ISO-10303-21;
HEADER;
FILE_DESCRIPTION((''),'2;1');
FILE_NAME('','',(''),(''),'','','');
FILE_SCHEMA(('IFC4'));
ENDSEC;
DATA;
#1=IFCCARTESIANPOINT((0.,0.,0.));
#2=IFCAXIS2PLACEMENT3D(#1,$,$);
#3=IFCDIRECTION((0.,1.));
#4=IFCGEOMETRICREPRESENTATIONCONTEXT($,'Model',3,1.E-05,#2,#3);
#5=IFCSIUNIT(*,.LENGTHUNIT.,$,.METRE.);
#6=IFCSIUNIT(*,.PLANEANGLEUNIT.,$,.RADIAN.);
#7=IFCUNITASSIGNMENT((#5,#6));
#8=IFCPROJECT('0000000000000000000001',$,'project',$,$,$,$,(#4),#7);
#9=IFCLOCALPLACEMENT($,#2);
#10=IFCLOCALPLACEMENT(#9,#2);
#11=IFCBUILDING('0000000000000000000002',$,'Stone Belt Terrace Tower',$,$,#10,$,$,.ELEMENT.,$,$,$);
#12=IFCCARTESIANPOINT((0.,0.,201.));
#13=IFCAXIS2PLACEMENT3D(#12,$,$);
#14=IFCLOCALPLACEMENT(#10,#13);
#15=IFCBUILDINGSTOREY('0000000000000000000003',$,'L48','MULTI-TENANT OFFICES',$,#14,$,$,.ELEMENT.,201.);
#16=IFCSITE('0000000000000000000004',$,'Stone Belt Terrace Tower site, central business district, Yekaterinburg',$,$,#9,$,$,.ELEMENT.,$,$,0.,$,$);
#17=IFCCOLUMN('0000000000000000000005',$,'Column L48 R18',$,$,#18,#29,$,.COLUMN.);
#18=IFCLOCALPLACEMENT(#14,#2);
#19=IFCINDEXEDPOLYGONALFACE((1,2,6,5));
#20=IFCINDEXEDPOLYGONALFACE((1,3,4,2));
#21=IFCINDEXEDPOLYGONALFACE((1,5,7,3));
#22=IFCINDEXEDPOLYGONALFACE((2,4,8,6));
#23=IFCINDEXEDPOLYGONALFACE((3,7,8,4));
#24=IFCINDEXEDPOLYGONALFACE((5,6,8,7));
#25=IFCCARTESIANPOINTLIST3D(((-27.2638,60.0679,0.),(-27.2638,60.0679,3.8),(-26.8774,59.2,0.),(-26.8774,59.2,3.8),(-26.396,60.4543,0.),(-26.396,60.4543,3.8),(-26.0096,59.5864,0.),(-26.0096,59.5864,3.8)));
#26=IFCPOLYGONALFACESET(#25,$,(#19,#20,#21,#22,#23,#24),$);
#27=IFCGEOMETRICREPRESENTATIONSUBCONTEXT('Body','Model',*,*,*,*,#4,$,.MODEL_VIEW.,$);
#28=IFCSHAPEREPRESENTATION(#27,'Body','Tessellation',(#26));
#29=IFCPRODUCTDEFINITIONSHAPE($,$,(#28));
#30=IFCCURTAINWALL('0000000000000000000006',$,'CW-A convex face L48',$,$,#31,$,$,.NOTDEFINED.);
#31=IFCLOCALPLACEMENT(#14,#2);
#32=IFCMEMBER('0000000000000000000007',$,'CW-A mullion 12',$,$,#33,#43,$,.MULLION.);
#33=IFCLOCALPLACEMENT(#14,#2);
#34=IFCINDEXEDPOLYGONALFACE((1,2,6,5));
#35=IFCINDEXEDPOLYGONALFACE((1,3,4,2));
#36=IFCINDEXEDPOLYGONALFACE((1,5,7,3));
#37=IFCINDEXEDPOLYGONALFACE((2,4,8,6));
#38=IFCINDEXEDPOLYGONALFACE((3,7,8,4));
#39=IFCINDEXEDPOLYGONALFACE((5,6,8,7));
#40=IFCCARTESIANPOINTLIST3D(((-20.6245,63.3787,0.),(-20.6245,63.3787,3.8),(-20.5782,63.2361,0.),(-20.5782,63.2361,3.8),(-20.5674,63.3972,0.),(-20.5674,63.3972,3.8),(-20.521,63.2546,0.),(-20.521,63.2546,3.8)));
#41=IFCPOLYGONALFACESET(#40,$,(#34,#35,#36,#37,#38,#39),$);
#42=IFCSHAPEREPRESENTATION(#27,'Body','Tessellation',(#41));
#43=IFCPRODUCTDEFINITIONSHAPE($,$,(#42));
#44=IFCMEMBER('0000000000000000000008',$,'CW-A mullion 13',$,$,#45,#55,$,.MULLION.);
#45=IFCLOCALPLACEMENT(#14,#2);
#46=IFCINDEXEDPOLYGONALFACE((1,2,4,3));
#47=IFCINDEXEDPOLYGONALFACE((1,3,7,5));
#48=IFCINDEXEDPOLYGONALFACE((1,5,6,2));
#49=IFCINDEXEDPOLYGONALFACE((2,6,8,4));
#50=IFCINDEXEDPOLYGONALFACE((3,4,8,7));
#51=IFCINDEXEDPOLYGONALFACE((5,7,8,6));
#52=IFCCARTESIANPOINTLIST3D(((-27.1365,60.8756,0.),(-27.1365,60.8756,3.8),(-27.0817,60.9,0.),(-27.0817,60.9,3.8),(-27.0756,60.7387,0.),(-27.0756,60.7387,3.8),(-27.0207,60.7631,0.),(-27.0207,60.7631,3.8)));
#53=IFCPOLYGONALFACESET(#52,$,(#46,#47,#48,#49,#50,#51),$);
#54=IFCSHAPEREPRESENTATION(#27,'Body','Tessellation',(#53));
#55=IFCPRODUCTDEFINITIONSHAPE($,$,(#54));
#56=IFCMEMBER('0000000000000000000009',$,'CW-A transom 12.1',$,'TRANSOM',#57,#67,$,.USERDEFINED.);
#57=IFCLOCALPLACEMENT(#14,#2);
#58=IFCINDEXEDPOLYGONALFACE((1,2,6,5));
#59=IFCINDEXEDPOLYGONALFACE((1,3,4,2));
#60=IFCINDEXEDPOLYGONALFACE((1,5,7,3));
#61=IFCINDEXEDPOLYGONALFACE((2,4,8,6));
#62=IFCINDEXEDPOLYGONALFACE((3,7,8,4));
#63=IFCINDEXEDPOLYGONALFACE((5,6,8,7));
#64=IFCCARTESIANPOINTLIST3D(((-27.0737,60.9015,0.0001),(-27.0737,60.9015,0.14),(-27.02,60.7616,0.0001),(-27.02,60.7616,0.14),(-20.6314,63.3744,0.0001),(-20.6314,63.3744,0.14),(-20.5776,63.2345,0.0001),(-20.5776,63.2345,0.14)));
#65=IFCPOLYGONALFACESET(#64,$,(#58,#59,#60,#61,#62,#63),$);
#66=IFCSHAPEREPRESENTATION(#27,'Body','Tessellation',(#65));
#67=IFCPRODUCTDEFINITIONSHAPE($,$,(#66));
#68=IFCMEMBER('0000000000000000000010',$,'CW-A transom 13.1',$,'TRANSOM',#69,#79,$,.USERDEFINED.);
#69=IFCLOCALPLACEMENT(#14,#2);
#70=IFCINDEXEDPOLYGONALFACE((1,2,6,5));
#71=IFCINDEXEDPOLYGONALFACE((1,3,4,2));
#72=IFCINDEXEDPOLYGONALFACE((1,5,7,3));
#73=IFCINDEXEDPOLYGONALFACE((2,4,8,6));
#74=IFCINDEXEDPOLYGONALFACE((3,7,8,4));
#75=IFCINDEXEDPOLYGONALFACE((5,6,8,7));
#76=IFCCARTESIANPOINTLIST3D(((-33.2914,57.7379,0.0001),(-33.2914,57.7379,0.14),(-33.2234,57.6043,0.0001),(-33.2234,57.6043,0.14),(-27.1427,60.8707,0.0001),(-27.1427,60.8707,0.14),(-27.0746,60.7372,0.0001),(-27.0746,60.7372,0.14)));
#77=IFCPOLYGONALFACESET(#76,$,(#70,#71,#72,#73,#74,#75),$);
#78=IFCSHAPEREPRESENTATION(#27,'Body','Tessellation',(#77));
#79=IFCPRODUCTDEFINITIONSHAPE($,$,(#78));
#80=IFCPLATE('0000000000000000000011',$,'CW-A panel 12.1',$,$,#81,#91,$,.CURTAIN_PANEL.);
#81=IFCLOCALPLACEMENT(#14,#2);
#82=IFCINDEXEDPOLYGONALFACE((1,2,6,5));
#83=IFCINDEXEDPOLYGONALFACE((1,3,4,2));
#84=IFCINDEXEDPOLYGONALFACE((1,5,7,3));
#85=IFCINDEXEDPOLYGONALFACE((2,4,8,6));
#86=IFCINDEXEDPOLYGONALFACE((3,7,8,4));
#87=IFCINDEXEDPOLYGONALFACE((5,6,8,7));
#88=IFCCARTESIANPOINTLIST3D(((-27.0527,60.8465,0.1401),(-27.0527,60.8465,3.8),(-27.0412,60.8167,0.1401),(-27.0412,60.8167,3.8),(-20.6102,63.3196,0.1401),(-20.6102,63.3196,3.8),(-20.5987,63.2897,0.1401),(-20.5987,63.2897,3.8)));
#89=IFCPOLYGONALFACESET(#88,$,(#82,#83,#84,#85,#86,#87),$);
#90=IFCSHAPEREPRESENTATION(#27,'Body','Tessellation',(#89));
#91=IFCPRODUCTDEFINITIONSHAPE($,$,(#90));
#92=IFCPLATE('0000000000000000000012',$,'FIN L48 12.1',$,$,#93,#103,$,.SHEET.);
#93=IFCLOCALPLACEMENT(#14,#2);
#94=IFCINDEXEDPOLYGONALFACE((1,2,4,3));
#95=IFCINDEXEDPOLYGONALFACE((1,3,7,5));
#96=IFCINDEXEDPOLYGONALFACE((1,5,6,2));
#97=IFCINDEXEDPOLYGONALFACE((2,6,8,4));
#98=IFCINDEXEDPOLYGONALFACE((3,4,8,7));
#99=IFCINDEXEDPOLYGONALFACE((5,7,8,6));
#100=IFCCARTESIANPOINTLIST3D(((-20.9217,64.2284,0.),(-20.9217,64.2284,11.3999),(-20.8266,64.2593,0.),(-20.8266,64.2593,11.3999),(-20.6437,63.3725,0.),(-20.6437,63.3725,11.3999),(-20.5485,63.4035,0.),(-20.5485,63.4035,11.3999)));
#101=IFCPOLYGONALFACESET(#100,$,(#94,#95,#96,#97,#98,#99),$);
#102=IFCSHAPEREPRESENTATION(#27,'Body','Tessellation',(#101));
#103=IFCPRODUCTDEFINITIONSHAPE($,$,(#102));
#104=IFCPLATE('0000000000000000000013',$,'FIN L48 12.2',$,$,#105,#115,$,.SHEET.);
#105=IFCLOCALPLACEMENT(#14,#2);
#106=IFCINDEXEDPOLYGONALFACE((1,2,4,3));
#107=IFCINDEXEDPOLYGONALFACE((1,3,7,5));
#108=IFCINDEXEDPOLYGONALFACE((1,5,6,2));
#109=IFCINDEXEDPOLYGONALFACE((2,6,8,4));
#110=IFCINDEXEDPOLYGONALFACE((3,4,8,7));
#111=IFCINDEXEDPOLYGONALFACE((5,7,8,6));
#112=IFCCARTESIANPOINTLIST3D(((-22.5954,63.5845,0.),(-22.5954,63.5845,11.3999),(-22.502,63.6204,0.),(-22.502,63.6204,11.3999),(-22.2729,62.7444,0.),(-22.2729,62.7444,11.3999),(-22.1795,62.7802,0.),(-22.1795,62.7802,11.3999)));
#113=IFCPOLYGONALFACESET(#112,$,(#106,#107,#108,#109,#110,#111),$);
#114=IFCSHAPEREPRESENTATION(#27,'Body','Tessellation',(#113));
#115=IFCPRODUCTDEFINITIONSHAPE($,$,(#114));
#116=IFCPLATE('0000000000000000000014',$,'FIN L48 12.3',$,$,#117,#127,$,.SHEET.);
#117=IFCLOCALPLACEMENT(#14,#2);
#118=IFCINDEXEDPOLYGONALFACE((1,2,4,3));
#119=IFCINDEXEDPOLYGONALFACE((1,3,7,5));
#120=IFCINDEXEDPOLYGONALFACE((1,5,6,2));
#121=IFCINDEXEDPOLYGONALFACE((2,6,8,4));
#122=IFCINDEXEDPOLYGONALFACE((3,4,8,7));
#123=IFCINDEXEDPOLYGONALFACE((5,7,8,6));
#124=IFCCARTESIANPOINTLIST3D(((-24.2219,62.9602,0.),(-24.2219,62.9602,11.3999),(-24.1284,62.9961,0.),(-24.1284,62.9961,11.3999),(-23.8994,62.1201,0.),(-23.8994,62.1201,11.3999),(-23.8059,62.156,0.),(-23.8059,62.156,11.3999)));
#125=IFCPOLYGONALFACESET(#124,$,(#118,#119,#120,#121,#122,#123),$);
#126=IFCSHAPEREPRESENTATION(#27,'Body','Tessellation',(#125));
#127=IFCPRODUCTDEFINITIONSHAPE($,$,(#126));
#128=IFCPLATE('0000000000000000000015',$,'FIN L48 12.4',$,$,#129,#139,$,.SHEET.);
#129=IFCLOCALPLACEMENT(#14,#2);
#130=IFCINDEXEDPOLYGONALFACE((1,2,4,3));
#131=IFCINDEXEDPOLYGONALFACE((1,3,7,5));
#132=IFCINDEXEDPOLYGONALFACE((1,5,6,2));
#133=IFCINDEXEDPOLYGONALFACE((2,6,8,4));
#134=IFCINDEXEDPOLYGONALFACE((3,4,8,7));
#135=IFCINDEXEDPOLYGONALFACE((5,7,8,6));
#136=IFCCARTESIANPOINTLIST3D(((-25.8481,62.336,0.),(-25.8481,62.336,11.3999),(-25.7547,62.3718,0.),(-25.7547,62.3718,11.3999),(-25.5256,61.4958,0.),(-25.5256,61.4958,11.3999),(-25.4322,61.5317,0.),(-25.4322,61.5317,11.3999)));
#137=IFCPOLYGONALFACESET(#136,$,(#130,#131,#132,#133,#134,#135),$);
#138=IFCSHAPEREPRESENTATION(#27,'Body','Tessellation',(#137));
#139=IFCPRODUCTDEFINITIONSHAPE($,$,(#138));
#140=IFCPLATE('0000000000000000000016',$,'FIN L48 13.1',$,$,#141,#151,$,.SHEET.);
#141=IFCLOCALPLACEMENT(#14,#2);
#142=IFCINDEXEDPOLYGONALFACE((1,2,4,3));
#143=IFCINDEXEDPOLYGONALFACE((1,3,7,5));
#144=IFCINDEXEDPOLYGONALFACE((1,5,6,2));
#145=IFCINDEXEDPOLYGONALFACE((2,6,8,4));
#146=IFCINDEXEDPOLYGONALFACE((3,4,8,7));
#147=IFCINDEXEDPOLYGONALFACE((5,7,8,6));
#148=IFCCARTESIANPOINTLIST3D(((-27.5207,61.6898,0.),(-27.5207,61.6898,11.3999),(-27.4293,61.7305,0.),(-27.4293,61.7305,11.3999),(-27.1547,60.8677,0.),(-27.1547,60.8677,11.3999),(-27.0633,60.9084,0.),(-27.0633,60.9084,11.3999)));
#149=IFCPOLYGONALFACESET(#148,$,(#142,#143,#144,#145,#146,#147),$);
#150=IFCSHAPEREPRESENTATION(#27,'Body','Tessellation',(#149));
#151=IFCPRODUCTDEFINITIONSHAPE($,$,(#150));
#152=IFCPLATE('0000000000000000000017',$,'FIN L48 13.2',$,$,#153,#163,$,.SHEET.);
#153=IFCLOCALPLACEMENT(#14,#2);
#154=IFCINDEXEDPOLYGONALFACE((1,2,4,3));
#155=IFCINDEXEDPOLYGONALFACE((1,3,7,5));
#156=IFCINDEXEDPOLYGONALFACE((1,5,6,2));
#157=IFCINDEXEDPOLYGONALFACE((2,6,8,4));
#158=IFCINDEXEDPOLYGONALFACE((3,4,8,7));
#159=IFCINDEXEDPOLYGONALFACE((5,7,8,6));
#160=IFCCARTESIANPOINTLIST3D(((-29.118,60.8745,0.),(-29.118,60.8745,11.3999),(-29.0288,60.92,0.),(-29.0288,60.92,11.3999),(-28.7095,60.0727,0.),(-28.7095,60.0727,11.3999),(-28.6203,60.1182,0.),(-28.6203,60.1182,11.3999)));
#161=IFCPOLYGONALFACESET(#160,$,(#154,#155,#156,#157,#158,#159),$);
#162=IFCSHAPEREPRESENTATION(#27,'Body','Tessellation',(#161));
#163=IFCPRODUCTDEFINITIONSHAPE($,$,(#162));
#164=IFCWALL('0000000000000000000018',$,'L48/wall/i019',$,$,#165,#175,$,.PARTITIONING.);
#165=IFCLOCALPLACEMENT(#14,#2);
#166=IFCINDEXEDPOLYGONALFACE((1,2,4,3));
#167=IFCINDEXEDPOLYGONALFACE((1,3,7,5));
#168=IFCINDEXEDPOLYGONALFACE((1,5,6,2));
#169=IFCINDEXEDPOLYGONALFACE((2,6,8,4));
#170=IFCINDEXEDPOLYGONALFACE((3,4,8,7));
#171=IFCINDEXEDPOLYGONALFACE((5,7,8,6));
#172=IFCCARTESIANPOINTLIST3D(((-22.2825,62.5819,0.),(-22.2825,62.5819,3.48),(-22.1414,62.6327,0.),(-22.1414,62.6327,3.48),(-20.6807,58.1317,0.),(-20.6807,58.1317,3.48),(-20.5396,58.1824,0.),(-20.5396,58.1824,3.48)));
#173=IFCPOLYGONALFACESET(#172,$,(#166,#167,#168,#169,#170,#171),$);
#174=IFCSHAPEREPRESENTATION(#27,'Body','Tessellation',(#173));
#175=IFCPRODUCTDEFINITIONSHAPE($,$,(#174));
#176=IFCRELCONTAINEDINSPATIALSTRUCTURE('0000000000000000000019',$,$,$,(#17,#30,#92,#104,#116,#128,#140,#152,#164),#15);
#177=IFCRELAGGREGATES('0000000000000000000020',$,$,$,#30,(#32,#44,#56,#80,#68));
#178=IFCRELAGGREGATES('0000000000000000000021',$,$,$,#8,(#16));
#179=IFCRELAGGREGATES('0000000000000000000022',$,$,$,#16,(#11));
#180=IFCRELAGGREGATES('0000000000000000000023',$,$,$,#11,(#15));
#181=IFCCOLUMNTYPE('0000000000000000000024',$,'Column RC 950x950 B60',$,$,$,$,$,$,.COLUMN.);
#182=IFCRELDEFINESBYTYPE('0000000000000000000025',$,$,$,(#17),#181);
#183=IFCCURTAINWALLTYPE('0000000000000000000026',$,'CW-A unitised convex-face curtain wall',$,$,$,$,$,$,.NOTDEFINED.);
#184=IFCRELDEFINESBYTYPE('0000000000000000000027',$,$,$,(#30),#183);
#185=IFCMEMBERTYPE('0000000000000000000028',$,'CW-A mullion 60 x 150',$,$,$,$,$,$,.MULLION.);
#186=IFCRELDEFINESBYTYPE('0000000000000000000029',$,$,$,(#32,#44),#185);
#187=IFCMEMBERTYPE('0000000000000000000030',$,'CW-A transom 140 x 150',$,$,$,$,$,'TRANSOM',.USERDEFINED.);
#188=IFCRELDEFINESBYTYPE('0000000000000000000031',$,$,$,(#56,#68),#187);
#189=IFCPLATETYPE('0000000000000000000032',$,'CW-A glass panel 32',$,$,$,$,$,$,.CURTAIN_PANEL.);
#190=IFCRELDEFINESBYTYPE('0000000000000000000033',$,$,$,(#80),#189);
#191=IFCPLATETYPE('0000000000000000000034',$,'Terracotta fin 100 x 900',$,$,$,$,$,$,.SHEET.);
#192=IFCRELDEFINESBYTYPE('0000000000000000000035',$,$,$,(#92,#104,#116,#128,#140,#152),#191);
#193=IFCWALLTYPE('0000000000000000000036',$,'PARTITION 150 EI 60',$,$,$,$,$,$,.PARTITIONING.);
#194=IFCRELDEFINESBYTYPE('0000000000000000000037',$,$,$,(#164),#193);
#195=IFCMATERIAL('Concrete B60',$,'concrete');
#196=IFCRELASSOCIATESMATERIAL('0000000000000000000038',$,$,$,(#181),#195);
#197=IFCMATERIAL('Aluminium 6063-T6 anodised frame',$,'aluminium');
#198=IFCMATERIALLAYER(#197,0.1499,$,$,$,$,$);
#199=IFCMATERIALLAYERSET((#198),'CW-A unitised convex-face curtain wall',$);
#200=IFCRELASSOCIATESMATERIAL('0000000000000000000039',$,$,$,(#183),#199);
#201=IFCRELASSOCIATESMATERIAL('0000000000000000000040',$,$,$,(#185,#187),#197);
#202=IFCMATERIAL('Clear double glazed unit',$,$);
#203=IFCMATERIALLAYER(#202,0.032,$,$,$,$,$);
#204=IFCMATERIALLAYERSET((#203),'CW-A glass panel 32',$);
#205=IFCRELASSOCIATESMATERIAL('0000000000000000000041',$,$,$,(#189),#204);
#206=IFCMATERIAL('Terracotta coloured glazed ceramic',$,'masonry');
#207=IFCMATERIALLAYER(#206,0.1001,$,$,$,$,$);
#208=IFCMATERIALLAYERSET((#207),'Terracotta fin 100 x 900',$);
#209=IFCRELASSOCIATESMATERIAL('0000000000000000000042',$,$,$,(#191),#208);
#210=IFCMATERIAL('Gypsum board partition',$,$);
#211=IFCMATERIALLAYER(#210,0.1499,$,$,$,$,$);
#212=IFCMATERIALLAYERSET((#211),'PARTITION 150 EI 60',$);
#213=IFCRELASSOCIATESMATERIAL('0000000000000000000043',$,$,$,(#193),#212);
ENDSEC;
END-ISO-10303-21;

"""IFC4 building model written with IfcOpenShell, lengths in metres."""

from ifc_helpers import new_model, si_unit, direction, frame, frame_2d, origin, origin_2d, place, context, subcontext, project, spatial, rectangle, extrude, material, layer, layer_set, material_profile, profile_set, type_object, element, aggregate, save


model = new_model("IFC4")

# Units and contexts
model_context = context("Model", 3, precision=1e-05, world=origin(), true_north=direction((0.0, 1.0)))
body_context = subcontext(model_context, "Body", "Model", "MODEL_VIEW")
ifc_project = project(units=[si_unit("LENGTHUNIT", "METRE"), si_unit("PLANEANGLEUNIT", "RADIAN")], contexts=[model_context])

# Site, building, storey
site_placement = place(None, origin())
site = spatial("IfcSite", under=ifc_project, at=site_placement, Name="Stone Belt Terrace Tower site, central business district, Yekaterinburg", CompositionType="ELEMENT", RefElevation=0.0)
building_placement = place(site_placement, origin())
building = spatial("IfcBuilding", under=site, at=building_placement, Name="Stone Belt Terrace Tower", CompositionType="ELEMENT")
storey_placement = place(building_placement, frame((0.0, 0.0, 201.0)))
storey = spatial("IfcBuildingStorey", under=building, at=storey_placement, Name="L48", Description="MULTI-TENANT OFFICES", CompositionType="ELEMENT", Elevation=201.0)

# Column
ifc_material_1 = material(Name="Concrete B60", Category="concrete")
ifc_material_profile_1 = material_profile(ifc_material_1, rectangle(XDim=0.95, YDim=0.95, at=origin_2d()), Name="RC 950x950")
ifc_profile_set_1 = profile_set([ifc_material_profile_1], Name="Concrete B60")
column_type = type_object("IfcColumnType", Name="Column RC 950x950 B60", PredefinedType="COLUMN", material=ifc_profile_set_1)
column_placement = place(storey_placement, frame((-26.6367, 59.8271, 0.0), z_axis=(0.0, 0.0, 1.0), x_axis=(0.913545, 0.406737, 0.0)))
element("IfcColumn", 1, at=column_placement, inside=storey, type_object=column_type, Name="Column L48 R18", PredefinedType="COLUMN", context=body_context, shape_type="SweptSolid", body=[
    extrude(rectangle(XDim=0.95, YDim=0.95, at=origin_2d()), origin(), (0.0, 0.0, 1.0), 3.8),
])

# Curtain wall, members, plate
ifc_material_2 = material(Name="Aluminium 6063-T6 anodised frame", Category="aluminium")
ifc_layer_1 = layer(ifc_material_2, 0.1499)
ifc_layer_set_1 = layer_set([ifc_layer_1], Name="CW-A unitised convex-face curtain wall")
curtain_wall_type = type_object("IfcCurtainWallType", Name="CW-A unitised convex-face curtain wall", PredefinedType="NOTDEFINED", material=ifc_layer_set_1)
curtain_wall_placement = place(storey_placement, origin())
curtain_wall = element("IfcCurtainWall", 2, at=curtain_wall_placement, inside=storey, type_object=curtain_wall_type, Name="CW-A convex face L48", PredefinedType="NOTDEFINED")
ifc_material_profile_2 = material_profile(ifc_material_2, rectangle(XDim=0.1499, YDim=0.0601, at=origin_2d()), Name="Aluminium 6063-T6 60x150")
ifc_profile_set_2 = profile_set([ifc_material_profile_2], Name="Aluminium 6063-T6 anodised frame")
member_type_1 = type_object("IfcMemberType", Name="CW-A mullion 60 x 150", PredefinedType="MULLION", material=ifc_profile_set_2)
member_1_placement = place(storey_placement, frame((-20.5728, 63.3167, 0.0), z_axis=(0.0, 0.0, 1.0), x_axis=(0.309017, -0.951057, 0.0)))
member_1 = element("IfcMember", 3, at=member_1_placement, type_object=member_type_1, Name="CW-A mullion 12", PredefinedType="MULLION", context=body_context, shape_type="SweptSolid", body=[
    extrude(rectangle(XDim=0.1499, YDim=0.0601, at=origin_2d()), origin(), (0.0, 0.0, 1.0), 3.8),
])
member_2_placement = place(storey_placement, frame((-27.0786, 60.8193, 0.0), z_axis=(0.0, 0.0, 1.0), x_axis=(0.406737, -0.913545, 0.0)))
member_2 = element("IfcMember", 4, at=member_2_placement, type_object=member_type_1, Name="CW-A mullion 13", PredefinedType="MULLION", context=body_context, shape_type="SweptSolid", body=[
    extrude(rectangle(XDim=0.1499, YDim=0.0601, at=origin_2d()), origin(), (0.0, 0.0, 1.0), 3.8),
])
ifc_material_profile_3 = material_profile(ifc_material_2, rectangle(XDim=0.1499, YDim=0.1399, at=origin_2d()), Name="Aluminium 6063-T6 150x140")
ifc_profile_set_3 = profile_set([ifc_material_profile_3], Name="Aluminium 6063-T6 anodised frame")
member_type_2 = type_object("IfcMemberType", Name="CW-A transom 140 x 150", ElementType="TRANSOM", PredefinedType="USERDEFINED", material=ifc_profile_set_3)
member_3_placement = place(storey_placement, frame((-20.6045, 63.3044, 0.0701), z_axis=(-0.933585, -0.358355, 0.0), x_axis=(0.358355, -0.933585, 0.0)))
member_3 = element("IfcMember", 5, at=member_3_placement, type_object=member_type_2, Name="CW-A transom 12.1", ObjectType="TRANSOM", PredefinedType="USERDEFINED", context=body_context, shape_type="SweptSolid", body=[
    extrude(rectangle(XDim=0.1499, YDim=0.1399, at=origin_2d()), origin(), (0.0, 0.0, 1.0), 6.9006),
])
member_4_placement = place(storey_placement, frame((-27.1086, 60.804, 0.0701), z_axis=(-0.891012, -0.453979, 0.0), x_axis=(0.453979, -0.891012, 0.0)))
member_4 = element("IfcMember", 6, at=member_4_placement, type_object=member_type_2, Name="CW-A transom 13.1", ObjectType="TRANSOM", PredefinedType="USERDEFINED", context=body_context, shape_type="SweptSolid", body=[
    extrude(rectangle(XDim=0.1499, YDim=0.1399, at=origin_2d()), origin(), (0.0, 0.0, 1.0), 6.9009),
])
ifc_material_3 = material(Name="Clear double glazed unit")
ifc_layer_2 = layer(ifc_material_3, 0.032)
ifc_layer_set_2 = layer_set([ifc_layer_2], Name="CW-A glass panel 32")
plate_type_1 = type_object("IfcPlateType", Name="CW-A glass panel 32", PredefinedType="CURTAIN_PANEL", material=ifc_layer_set_2)
plate_placement = place(storey_placement, frame((-23.8257, 62.0681, 0.1401), z_axis=(0.0, 0.0, 1.0), x_axis=(-0.93358, -0.358368, 0.0)))
plate = element("IfcPlate", 7, at=plate_placement, type_object=plate_type_1, Name="CW-A panel 12.1", PredefinedType="CURTAIN_PANEL", context=body_context, shape_type="SweptSolid", body=[
    extrude(rectangle(XDim=6.9009, YDim=0.032, at=origin_2d()), origin(), (0.0, 0.0, 1.0), 3.6599),
])
aggregate(curtain_wall, [member_1, member_2, member_3, plate, member_4])

# Plates
ifc_material_4 = material(Name="Terracotta coloured glazed ceramic", Category="masonry")
ifc_layer_3 = layer(ifc_material_4, 0.1001)
ifc_layer_set_3 = layer_set([ifc_layer_3], Name="Terracotta fin 100 x 900")
plate_type_2 = type_object("IfcPlateType", Name="Terracotta fin 100 x 900", PredefinedType="SHEET", material=ifc_layer_set_3)
for number, where, z_axis, x_axis, name in (
    (8, (-20.7351, 63.8159, 0.0), (0.0, 0.0, 1.0), (-0.309017, 0.951057, 0.0), "FIN L48 12.1"),
    (9, (-22.3875, 63.1824, 0.0), (0.0, 0.0, 1.0), (-0.358368, 0.93358, 0.0), "FIN L48 12.2"),
    (10, (-24.0139, 62.5581, 0.0), (0.0, 0.0, 1.0), (-0.358368, 0.93358, 0.0), "FIN L48 12.3"),
    (11, (-25.6401, 61.9338, 0.0), (0.0, 0.0, 1.0), (-0.358368, 0.93358, 0.0), "FIN L48 12.4"),
    (12, (-27.292, 61.2991, 0.0), (0.0, 0.0, 1.0), (-0.406737, 0.913545, 0.0), "FIN L48 13.1"),
    (13, (-28.8691, 60.4963, 0.0), (0.0, 0.0, 1.0), (-0.45399, 0.891007, 0.0), "FIN L48 13.2"),
):
    element("IfcPlate", number, at=place(storey_placement, frame(where, z_axis=z_axis, x_axis=x_axis)), inside=storey, type_object=plate_type_2, Name=name, PredefinedType="SHEET", context=body_context, shape_type="SweptSolid", body=[
        extrude(rectangle(XDim=0.8999, YDim=0.1001, at=origin_2d()), origin(), (0.0, 0.0, 1.0), 11.3999),
    ])

# Wall
ifc_material_5 = material(Name="Gypsum board partition")
ifc_layer_4 = layer(ifc_material_5, 0.1499)
ifc_layer_set_4 = layer_set([ifc_layer_4], Name="PARTITION 150 EI 60")
wall_type = type_object("IfcWallType", Name="PARTITION 150 EI 60", PredefinedType="PARTITIONING", material=ifc_layer_set_4)
wall_placement = place(storey_placement, frame((-22.2119, 62.6072, 0.0), z_axis=(0.0, 0.0, 1.0), x_axis=(0.33867, -0.940905, 0.0)))
element("IfcWall", 14, at=wall_placement, inside=storey, type_object=wall_type, Name="L48/wall/i019", PredefinedType="PARTITIONING", context=body_context, shape_type="SweptSolid", body=[
    extrude(rectangle(XDim=4.7297, YDim=0.1499, at=frame_2d((2.3647, 0.0))), origin(), (0.0, 0.0, 1.0), 3.48),
])

save(model, "model.ifc")
